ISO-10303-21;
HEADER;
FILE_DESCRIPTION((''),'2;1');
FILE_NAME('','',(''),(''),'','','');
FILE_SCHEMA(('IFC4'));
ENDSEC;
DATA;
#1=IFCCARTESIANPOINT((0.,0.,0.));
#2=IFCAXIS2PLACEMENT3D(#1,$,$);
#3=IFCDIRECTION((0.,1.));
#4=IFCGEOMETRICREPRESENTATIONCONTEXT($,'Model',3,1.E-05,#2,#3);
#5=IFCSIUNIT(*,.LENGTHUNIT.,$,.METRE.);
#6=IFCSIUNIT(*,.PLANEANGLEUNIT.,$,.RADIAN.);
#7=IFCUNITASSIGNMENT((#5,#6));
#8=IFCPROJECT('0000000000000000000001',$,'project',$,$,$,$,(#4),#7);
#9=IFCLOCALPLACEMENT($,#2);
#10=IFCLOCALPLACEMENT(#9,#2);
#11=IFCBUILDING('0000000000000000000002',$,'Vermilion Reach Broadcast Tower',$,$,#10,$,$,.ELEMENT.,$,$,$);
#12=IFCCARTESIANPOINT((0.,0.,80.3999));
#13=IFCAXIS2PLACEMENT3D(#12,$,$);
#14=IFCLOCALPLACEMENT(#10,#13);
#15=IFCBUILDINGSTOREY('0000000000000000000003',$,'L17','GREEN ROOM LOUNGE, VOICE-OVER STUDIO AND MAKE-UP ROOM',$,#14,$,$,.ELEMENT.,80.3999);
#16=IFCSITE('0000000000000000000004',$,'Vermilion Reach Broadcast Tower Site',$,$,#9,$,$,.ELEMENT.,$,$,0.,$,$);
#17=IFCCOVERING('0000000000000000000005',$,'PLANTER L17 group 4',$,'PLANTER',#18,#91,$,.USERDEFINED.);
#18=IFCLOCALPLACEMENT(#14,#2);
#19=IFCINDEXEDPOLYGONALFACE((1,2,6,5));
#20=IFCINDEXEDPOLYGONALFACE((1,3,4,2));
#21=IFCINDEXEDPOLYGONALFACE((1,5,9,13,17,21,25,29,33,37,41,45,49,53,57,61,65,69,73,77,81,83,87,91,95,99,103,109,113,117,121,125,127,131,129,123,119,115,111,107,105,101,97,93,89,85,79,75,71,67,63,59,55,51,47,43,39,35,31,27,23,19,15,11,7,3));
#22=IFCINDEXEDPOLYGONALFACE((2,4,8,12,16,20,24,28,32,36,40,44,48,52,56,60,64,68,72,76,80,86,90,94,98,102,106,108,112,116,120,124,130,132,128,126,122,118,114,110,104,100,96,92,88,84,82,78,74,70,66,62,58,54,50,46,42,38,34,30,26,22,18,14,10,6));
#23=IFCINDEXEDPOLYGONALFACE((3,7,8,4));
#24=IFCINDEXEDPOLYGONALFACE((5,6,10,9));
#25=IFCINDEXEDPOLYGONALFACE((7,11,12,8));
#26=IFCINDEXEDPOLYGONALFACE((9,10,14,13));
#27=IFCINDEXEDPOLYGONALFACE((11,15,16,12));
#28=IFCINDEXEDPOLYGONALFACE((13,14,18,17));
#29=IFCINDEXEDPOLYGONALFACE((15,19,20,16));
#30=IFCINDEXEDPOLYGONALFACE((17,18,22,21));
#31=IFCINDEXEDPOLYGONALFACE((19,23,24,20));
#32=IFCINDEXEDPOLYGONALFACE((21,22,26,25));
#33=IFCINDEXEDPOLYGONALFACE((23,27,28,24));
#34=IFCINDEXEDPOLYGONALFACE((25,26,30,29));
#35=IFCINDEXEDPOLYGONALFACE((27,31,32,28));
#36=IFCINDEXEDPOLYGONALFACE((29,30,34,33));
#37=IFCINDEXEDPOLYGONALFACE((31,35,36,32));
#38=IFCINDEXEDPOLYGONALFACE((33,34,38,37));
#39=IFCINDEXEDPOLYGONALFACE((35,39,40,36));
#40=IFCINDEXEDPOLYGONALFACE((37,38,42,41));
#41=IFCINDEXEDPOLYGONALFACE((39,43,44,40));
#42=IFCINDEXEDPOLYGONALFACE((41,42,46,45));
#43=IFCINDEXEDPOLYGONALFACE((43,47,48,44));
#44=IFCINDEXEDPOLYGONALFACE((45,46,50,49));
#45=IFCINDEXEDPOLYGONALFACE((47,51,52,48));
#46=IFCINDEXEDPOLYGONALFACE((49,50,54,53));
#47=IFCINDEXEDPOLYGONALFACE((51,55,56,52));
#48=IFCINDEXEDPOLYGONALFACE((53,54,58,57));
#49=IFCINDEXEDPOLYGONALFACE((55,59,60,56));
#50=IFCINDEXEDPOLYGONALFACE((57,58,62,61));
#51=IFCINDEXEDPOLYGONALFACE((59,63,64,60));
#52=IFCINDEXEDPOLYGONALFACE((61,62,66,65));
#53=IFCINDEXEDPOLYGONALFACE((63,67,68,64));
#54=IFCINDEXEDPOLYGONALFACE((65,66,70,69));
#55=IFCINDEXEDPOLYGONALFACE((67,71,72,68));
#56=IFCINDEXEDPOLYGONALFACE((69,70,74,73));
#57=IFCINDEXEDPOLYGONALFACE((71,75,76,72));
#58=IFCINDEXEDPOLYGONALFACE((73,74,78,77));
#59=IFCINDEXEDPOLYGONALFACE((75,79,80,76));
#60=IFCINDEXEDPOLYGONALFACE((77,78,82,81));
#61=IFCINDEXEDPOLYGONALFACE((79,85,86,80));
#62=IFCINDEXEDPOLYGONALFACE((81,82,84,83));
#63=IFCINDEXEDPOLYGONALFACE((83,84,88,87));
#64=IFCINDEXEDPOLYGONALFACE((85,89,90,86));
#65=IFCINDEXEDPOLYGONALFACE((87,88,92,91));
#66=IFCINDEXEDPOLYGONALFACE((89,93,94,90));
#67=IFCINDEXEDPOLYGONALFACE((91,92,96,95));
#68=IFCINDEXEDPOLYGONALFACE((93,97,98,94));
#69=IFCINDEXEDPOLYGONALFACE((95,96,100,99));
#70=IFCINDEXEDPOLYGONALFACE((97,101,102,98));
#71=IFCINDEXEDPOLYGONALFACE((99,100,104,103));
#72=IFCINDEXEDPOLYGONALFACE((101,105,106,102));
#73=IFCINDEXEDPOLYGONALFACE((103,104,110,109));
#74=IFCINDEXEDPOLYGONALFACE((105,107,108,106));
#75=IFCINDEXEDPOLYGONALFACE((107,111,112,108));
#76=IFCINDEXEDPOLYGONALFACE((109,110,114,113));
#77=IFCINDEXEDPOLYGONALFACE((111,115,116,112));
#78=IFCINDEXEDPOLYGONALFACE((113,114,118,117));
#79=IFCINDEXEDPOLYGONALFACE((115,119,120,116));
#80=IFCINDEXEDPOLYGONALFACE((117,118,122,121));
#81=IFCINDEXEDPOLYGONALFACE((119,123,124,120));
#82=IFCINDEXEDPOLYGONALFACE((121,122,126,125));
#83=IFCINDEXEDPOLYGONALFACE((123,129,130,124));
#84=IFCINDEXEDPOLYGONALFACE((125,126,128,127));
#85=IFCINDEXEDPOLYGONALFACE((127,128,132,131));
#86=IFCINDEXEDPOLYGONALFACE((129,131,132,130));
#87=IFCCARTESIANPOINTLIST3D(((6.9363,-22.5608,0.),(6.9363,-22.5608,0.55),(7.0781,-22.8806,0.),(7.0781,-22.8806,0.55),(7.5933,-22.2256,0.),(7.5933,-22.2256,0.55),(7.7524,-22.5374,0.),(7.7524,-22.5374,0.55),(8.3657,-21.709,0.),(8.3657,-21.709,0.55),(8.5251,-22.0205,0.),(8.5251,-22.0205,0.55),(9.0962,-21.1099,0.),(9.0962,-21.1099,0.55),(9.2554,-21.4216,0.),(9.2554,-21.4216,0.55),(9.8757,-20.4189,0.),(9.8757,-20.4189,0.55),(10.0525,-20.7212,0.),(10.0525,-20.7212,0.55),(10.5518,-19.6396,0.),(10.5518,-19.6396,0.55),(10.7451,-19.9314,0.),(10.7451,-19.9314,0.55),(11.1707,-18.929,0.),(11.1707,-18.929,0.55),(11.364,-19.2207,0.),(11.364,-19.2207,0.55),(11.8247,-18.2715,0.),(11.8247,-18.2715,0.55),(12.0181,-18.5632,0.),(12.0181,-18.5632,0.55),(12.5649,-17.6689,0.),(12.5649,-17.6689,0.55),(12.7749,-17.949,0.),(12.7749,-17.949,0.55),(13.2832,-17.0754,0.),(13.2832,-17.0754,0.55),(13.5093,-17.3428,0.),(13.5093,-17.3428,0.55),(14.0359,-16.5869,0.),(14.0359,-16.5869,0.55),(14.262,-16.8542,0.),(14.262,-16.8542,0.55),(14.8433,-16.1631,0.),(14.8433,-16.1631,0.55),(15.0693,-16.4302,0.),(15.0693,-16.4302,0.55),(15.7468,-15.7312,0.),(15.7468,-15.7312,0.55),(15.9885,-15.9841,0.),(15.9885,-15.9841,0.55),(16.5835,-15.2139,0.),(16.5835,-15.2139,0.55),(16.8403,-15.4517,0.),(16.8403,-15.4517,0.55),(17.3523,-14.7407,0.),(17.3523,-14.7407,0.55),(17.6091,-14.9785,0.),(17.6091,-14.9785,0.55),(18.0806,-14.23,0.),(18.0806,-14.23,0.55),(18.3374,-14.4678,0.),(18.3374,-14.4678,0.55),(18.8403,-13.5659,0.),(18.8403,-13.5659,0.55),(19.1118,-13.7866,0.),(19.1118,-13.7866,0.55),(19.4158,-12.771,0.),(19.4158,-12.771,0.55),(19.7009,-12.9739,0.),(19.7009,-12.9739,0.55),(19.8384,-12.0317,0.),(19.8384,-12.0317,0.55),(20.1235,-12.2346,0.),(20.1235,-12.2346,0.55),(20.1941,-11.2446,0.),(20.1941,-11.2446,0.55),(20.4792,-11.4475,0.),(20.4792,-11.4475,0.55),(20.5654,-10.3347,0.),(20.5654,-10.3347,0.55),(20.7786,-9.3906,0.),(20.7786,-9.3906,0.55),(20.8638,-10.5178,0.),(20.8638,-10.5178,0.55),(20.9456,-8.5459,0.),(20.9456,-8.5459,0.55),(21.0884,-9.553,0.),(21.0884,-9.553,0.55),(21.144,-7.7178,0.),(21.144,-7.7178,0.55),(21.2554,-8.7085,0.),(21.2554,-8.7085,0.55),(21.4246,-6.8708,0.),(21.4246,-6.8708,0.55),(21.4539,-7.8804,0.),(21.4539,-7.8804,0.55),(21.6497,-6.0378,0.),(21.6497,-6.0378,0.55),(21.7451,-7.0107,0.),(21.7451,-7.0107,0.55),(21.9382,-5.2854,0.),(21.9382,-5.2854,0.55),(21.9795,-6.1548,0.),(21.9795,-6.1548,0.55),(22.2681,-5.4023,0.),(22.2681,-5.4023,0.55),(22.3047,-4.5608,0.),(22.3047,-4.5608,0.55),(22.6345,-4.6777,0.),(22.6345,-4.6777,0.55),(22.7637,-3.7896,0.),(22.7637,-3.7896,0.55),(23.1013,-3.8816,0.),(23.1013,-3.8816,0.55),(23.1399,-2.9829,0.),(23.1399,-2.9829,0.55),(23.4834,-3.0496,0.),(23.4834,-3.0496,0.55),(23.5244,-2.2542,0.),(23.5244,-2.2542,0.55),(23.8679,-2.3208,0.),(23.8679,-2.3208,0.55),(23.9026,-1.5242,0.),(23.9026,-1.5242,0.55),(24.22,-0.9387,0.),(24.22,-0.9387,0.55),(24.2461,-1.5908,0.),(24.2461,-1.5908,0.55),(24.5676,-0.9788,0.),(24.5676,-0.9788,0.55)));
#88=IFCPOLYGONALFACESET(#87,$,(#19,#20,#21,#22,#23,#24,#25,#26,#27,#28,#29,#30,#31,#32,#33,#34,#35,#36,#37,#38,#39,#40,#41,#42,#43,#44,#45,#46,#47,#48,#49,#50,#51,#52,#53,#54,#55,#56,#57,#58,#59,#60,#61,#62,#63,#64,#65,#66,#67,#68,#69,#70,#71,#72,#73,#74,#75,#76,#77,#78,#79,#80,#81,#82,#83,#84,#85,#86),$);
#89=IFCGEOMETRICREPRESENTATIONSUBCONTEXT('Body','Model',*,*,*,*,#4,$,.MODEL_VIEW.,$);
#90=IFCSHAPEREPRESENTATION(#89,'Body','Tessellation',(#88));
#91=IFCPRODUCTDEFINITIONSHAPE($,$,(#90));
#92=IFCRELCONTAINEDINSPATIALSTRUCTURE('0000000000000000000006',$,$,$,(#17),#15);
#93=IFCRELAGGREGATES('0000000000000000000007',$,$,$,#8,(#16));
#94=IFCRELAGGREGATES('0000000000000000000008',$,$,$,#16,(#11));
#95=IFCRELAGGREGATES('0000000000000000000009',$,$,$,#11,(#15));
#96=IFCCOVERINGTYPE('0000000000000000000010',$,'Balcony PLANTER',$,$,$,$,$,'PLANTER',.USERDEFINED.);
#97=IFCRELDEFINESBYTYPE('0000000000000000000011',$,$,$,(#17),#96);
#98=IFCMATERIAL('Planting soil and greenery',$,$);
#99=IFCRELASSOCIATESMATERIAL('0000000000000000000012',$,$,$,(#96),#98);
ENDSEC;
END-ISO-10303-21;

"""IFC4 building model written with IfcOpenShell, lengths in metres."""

from ifc_helpers import new_model, si_unit, direction, frame, origin, place, context, subcontext, project, spatial, polyline, outline, extrude, material, type_object, element, save


model = new_model("IFC4")

# Units and contexts
model_context = context("Model", 3, precision=1e-05, world=origin(), true_north=direction((0.0, 1.0)))
body_context = subcontext(model_context, "Body", "Model", "MODEL_VIEW")
ifc_project = project(units=[si_unit("LENGTHUNIT", "METRE"), si_unit("PLANEANGLEUNIT", "RADIAN")], contexts=[model_context])

# Site, building, storey
site_placement = place(None, origin())
site = spatial("IfcSite", under=ifc_project, at=site_placement, Name="Vermilion Reach Broadcast Tower Site", CompositionType="ELEMENT", RefElevation=0.0)
building_placement = place(site_placement, origin())
building = spatial("IfcBuilding", under=site, at=building_placement, Name="Vermilion Reach Broadcast Tower", CompositionType="ELEMENT")
storey_placement = place(building_placement, frame((0.0, 0.0, 80.3999)))
storey = spatial("IfcBuildingStorey", under=building, at=storey_placement, Name="L17", Description="GREEN ROOM LOUNGE, VOICE-OVER STUDIO AND MAKE-UP ROOM", CompositionType="ELEMENT", Elevation=80.3999)

# Shared definitions
placement_1 = place(storey_placement, origin())

# Covering
ifc_material_1 = material(Name="Planting soil and greenery")
covering_type = type_object("IfcCoveringType", Name="Balcony PLANTER", ElementType="PLANTER", PredefinedType="USERDEFINED", material=ifc_material_1)
element("IfcCovering", 1, at=placement_1, inside=storey, type_object=covering_type, Name="PLANTER L17 group 4", ObjectType="PLANTER", PredefinedType="USERDEFINED", context=body_context, shape_type="SweptSolid", body=[
    extrude(outline(polyline([(7.0781, -22.8806), (7.7524, -22.5374), (8.5251, -22.0205), (9.2554, -21.4216), (10.0525, -20.7212), (10.7451, -19.9314), (11.364, -19.2207), (12.0181, -18.5632), (12.7749, -17.949), (13.5093, -17.3428), (14.262, -16.8542), (15.0693, -16.4302), (15.9885, -15.9841), (16.8403, -15.4517), (17.6091, -14.9785), (18.3374, -14.4678), (19.1118, -13.7866), (19.7009, -12.9739), (20.1235, -12.2346), (20.4792, -11.4475), (20.8638, -10.5178), (21.0884, -9.553), (21.2554, -8.7085), (21.4539, -7.8804), (21.7451, -7.0107), (21.9795, -6.1548), (22.2681, -5.4023), (22.6345, -4.6777), (23.1013, -3.8816), (23.4834, -3.0496), (23.8679, -2.3208), (24.2461, -1.5908), (24.5676, -0.9788), (24.22, -0.9387), (23.9026, -1.5242), (23.5244, -2.2542), (23.1399, -2.9829), (22.7637, -3.7896), (22.3047, -4.5608), (21.9382, -5.2854), (21.6497, -6.0378), (21.4246, -6.8708), (21.144, -7.7178), (20.9456, -8.5459), (20.7786, -9.3906), (20.5654, -10.3347), (20.1941, -11.2446), (19.8384, -12.0317), (19.4158, -12.771), (18.8403, -13.5659), (18.0806, -14.23), (17.3523, -14.7407), (16.5835, -15.2139), (15.7468, -15.7312), (14.8433, -16.1631), (14.0359, -16.5869), (13.2832, -17.0754), (12.5649, -17.6689), (11.8247, -18.2715), (11.1707, -18.929), (10.5518, -19.6396), (9.8757, -20.4189), (9.0962, -21.1099), (8.3657, -21.709), (7.5933, -22.2256), (6.9363, -22.5608), (7.0781, -22.8806)])), origin(), (0.0, 0.0, 1.0), 0.55),
])

save(model, "model.ifc")
